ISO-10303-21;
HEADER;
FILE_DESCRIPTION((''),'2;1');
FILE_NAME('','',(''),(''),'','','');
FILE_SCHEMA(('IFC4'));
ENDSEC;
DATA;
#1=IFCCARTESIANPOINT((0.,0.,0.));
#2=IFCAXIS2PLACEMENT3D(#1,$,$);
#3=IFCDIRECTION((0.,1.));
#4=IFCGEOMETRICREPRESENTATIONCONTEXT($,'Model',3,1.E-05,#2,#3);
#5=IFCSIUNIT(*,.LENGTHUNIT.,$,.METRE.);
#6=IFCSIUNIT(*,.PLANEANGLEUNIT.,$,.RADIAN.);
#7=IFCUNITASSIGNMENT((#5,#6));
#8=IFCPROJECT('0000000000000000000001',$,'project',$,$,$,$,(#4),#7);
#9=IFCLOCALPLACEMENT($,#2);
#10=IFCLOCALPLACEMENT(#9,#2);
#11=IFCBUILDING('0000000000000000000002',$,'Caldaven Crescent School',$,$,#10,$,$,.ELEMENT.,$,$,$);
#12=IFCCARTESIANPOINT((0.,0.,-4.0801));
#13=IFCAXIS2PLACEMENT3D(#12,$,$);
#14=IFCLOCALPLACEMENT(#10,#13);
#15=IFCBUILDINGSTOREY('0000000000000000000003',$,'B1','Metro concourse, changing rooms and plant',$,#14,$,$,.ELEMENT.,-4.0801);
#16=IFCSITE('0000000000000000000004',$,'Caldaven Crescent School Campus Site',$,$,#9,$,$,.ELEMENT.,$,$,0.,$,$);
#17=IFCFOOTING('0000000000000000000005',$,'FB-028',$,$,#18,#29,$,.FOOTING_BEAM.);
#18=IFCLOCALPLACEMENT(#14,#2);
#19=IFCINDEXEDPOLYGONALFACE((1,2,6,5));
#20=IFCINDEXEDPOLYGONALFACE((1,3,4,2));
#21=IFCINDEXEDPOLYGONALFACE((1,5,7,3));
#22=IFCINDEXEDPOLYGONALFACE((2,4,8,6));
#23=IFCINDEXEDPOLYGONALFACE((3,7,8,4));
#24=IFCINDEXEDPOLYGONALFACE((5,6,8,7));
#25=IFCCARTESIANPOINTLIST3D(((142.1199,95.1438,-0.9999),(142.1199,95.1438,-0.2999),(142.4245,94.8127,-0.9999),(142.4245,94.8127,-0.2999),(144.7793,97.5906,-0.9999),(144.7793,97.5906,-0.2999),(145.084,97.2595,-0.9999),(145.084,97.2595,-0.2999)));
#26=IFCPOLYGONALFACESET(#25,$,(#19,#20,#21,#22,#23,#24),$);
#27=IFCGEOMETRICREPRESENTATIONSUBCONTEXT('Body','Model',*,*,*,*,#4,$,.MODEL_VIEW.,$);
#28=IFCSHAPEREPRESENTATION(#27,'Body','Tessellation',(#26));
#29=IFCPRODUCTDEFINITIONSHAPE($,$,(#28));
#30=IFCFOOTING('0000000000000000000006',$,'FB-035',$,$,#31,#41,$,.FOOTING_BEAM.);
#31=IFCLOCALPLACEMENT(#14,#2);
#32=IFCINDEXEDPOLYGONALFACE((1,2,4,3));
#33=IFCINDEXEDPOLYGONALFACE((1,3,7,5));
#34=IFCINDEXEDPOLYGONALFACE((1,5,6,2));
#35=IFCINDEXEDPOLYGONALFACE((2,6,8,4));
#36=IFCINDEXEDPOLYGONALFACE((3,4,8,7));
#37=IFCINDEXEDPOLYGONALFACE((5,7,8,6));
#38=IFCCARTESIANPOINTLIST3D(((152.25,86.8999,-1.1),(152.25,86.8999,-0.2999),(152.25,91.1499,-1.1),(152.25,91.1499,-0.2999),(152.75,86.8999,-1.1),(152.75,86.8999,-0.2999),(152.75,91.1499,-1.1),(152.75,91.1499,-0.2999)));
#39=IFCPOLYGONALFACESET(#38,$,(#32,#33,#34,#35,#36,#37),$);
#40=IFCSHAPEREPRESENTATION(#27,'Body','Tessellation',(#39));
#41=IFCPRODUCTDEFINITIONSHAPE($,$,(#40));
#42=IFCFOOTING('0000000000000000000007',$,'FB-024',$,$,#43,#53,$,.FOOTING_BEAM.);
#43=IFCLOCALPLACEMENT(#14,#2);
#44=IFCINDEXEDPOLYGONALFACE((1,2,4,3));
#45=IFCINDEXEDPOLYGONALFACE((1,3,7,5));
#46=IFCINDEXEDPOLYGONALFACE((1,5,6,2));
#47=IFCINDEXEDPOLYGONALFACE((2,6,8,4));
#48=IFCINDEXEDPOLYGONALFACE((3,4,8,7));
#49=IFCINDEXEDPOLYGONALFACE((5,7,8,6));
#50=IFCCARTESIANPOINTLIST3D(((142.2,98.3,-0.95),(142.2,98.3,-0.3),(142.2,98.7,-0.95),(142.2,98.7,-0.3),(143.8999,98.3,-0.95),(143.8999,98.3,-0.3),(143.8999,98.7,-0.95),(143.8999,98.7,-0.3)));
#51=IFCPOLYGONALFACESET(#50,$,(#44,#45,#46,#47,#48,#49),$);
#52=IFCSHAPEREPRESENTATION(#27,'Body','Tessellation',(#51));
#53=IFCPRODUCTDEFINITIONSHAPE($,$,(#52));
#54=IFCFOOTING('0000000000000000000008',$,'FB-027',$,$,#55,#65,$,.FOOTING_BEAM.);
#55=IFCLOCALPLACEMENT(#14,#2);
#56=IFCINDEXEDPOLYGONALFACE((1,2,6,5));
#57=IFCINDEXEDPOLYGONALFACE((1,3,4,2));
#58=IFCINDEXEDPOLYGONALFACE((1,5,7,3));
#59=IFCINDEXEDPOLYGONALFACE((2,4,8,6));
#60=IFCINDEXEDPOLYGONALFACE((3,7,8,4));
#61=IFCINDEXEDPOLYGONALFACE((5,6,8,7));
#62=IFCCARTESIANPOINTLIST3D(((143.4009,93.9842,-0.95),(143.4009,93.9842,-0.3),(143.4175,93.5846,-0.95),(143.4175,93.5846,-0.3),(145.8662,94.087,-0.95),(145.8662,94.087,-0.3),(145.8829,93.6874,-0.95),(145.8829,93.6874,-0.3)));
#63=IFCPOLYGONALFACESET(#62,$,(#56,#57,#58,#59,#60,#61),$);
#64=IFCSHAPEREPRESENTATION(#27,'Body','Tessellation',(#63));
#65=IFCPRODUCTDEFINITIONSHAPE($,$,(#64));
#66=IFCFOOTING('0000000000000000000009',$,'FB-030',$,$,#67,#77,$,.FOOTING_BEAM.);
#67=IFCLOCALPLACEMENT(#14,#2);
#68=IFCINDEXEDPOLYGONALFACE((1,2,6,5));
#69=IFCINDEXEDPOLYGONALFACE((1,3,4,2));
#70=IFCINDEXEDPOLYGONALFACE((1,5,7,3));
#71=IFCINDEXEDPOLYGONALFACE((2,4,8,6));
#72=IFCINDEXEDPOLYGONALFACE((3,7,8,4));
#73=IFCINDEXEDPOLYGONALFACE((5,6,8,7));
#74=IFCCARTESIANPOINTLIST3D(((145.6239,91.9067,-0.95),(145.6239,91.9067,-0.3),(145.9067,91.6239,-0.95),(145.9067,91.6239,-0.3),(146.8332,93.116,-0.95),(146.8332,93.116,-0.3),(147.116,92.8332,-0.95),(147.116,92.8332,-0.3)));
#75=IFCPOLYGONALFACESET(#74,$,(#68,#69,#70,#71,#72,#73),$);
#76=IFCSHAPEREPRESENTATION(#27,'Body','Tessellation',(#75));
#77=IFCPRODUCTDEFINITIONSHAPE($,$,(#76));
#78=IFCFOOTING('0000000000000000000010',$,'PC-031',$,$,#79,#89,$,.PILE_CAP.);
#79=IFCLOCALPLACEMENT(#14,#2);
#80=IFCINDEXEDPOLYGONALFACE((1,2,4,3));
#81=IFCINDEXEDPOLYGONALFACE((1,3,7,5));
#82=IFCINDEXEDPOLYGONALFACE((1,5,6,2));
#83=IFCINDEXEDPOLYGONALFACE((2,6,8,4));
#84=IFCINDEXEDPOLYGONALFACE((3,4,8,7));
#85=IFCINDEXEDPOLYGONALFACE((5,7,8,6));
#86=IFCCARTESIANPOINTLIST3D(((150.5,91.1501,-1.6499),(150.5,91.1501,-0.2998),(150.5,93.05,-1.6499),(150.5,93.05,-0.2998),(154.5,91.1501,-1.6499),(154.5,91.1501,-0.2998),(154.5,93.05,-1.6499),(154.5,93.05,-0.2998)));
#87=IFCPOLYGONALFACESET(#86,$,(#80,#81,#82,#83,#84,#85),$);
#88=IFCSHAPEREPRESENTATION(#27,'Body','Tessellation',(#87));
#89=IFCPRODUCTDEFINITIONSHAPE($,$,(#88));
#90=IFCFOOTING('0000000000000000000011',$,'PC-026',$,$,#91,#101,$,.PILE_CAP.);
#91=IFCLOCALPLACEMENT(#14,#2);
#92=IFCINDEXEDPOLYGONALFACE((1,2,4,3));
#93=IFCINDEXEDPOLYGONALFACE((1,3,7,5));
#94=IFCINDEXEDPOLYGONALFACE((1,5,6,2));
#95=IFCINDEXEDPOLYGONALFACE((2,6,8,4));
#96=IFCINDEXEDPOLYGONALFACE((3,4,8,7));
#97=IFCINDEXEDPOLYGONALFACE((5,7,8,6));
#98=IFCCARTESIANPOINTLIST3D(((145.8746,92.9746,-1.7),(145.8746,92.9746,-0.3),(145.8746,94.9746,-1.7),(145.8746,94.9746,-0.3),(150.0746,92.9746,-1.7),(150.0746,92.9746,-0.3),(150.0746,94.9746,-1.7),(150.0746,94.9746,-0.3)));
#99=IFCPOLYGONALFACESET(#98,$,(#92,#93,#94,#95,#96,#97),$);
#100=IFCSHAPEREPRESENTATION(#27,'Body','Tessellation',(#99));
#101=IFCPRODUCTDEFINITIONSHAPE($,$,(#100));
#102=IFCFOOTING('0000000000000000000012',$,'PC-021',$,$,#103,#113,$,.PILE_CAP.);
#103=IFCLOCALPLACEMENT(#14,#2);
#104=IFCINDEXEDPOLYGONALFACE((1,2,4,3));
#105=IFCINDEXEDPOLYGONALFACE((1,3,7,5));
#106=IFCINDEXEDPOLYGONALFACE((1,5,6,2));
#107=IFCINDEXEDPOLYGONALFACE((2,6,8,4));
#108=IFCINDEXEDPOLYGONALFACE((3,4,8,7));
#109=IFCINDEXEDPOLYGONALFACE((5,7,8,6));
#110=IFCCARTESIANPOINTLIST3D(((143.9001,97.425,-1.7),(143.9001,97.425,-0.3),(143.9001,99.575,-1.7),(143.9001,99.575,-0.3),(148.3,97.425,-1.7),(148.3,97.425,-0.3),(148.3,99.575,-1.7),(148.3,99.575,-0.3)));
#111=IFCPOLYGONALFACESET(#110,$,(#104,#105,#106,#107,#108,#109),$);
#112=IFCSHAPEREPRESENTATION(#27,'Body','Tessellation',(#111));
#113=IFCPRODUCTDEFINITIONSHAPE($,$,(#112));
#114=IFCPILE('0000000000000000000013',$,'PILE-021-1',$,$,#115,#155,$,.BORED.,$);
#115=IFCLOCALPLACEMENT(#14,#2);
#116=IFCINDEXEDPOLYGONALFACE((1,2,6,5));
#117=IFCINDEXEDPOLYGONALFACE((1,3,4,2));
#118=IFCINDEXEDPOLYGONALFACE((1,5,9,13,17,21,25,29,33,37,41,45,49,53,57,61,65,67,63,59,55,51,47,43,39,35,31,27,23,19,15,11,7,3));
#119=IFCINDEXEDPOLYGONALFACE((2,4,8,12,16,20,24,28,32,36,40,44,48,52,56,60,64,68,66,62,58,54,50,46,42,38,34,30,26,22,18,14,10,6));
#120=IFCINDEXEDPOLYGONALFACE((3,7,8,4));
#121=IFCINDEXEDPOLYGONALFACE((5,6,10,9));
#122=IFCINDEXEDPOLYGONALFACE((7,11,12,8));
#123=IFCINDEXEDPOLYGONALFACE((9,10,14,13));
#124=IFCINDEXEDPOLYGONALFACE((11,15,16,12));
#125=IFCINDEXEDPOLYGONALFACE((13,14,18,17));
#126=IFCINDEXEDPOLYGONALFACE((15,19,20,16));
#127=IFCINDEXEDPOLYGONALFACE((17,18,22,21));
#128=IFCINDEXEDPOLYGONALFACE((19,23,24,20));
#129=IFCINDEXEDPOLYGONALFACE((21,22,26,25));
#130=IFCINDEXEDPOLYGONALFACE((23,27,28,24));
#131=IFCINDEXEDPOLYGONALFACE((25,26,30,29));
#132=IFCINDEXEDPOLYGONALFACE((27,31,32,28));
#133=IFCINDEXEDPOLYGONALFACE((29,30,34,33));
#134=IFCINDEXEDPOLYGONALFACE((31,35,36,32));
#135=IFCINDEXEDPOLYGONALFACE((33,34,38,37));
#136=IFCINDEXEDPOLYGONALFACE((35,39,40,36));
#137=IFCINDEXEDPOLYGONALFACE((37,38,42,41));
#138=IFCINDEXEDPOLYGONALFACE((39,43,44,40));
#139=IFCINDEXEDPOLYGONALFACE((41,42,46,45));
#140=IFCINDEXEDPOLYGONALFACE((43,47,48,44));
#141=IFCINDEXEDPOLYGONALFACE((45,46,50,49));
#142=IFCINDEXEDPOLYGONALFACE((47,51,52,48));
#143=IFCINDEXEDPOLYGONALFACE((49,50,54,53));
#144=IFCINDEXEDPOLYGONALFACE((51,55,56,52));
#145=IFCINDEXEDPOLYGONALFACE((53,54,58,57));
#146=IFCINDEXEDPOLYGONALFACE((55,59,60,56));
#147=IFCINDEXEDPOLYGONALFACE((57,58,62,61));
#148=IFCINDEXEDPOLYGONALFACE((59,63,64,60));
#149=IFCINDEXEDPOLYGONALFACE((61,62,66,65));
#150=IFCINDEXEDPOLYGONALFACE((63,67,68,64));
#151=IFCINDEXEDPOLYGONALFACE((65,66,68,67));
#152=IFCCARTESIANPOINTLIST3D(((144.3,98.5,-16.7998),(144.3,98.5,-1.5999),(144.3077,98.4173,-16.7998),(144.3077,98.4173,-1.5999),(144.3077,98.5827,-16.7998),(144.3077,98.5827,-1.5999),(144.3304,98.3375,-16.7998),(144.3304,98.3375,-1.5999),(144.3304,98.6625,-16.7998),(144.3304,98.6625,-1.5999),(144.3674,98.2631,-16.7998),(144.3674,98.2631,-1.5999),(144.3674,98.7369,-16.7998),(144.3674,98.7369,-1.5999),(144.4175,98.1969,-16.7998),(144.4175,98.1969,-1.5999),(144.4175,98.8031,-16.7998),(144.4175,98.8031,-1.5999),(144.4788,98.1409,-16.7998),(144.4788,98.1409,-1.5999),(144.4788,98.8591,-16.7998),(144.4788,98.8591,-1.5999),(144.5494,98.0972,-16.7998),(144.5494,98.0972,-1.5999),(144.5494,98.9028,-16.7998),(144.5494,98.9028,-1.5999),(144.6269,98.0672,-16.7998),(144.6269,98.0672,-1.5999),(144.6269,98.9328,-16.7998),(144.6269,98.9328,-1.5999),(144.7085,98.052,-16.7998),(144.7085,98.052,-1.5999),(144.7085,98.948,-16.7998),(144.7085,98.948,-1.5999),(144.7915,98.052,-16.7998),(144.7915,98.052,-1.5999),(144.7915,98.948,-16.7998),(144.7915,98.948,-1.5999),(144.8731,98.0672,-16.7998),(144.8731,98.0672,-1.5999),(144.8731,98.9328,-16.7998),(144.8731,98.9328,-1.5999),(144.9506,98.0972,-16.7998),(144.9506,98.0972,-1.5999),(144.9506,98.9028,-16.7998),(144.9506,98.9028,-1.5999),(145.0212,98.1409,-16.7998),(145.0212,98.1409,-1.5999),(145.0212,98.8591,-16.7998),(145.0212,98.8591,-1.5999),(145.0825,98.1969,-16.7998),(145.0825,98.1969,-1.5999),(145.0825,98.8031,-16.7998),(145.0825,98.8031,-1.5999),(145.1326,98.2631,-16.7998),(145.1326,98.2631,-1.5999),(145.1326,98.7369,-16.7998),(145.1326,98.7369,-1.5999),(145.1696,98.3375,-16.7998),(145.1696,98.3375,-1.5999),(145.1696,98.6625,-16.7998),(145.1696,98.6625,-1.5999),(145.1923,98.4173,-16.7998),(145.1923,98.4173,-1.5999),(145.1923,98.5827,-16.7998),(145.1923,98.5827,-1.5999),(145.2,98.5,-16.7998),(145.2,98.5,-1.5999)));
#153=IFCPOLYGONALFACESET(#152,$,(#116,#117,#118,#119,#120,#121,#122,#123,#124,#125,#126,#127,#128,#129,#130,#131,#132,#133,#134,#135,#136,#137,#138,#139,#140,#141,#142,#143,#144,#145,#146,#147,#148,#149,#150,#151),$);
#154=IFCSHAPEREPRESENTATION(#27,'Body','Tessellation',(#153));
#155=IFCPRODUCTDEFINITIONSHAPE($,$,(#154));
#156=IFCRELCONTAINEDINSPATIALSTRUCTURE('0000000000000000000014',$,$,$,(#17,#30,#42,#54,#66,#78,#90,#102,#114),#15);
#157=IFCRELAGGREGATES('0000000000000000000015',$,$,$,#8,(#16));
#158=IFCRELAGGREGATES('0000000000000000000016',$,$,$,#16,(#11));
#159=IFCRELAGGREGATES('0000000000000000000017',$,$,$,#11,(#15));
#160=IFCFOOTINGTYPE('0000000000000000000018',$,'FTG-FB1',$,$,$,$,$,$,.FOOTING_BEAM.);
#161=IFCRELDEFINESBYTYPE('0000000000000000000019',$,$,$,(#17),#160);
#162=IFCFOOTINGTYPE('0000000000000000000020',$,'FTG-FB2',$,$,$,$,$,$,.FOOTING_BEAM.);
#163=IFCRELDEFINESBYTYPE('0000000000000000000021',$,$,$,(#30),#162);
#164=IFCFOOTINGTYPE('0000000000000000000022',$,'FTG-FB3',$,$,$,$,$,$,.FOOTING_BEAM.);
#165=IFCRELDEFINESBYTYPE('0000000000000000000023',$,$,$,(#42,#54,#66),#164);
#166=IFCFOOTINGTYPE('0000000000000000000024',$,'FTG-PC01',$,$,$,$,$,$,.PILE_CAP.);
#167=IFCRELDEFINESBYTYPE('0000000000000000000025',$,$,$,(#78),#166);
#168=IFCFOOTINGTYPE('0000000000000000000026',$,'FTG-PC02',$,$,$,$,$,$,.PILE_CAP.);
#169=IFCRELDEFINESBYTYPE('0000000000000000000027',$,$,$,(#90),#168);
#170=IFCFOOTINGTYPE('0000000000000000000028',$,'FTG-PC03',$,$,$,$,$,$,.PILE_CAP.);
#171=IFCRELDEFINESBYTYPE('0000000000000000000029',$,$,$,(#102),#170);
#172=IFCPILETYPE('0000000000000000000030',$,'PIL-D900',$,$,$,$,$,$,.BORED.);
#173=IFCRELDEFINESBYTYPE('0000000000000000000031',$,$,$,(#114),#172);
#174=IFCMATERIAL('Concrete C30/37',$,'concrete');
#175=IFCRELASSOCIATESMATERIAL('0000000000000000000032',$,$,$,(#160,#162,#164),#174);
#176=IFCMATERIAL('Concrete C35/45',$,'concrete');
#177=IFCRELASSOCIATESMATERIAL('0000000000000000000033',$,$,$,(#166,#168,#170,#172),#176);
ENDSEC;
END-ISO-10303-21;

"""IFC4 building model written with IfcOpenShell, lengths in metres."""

from ifc_helpers import new_model, si_unit, direction, frame, origin, origin_2d, place, context, subcontext, project, spatial, rectangle, circle, extrude, material, material_profile, profile_set, type_object, element, save


model = new_model("IFC4")

# Units and contexts
model_context = context("Model", 3, precision=1e-05, world=origin(), true_north=direction((0.0, 1.0)))
body_context = subcontext(model_context, "Body", "Model", "MODEL_VIEW")
ifc_project = project(units=[si_unit("LENGTHUNIT", "METRE"), si_unit("PLANEANGLEUNIT", "RADIAN")], contexts=[model_context])

# Site, building, storey
site_placement = place(None, origin())
site = spatial("IfcSite", under=ifc_project, at=site_placement, Name="Caldaven Crescent School Campus Site", CompositionType="ELEMENT", RefElevation=0.0)
building_placement = place(site_placement, origin())
building = spatial("IfcBuilding", under=site, at=building_placement, Name="Caldaven Crescent School", CompositionType="ELEMENT")
storey_placement = place(building_placement, frame((0.0, 0.0, -4.0801)))
storey = spatial("IfcBuildingStorey", under=building, at=storey_placement, Name="B1", Description="Metro concourse, changing rooms and plant", CompositionType="ELEMENT", Elevation=-4.0801)

# Footings
ifc_material_1 = material(Name="Concrete C30/37", Category="concrete")
ifc_material_profile_1 = material_profile(ifc_material_1, rectangle(XDim=0.45, YDim=0.7, at=origin_2d()), Name="FB 450x700")
ifc_profile_set_1 = profile_set([ifc_material_profile_1], Name="Concrete C30/37")
footing_type_1 = type_object("IfcFootingType", Name="FTG-FB1", PredefinedType="FOOTING_BEAM", material=ifc_profile_set_1)
footing_1_placement = place(storey_placement, frame((142.2722, 94.9783, -0.6499), z_axis=(0.735916, 0.677073, 0.0), x_axis=(-0.677073, 0.735916, 0.0)))
element("IfcFooting", 1, at=footing_1_placement, inside=storey, type_object=footing_type_1, Name="FB-028", PredefinedType="FOOTING_BEAM", context=body_context, shape_type="SweptSolid", body=[
    extrude(rectangle(XDim=0.45, YDim=0.7, at=origin_2d()), origin(), (0.0, 0.0, 1.0), 3.6138),
])
ifc_material_profile_2 = material_profile(ifc_material_1, rectangle(XDim=0.5, YDim=0.8, at=origin_2d()), Name="FB 500x800")
ifc_profile_set_2 = profile_set([ifc_material_profile_2], Name="Concrete C30/37")
footing_type_2 = type_object("IfcFootingType", Name="FTG-FB2", PredefinedType="FOOTING_BEAM", material=ifc_profile_set_2)
footing_2_placement = place(storey_placement, frame((152.5, 91.1499, -0.7), z_axis=(0.0, -1.0, 0.0), x_axis=(1.0, 0.0, 0.0)))
element("IfcFooting", 2, at=footing_2_placement, inside=storey, type_object=footing_type_2, Name="FB-035", PredefinedType="FOOTING_BEAM", context=body_context, shape_type="SweptSolid", body=[
    extrude(rectangle(XDim=0.5, YDim=0.8, at=origin_2d()), origin(), (0.0, 0.0, 1.0), 4.25),
])
ifc_material_profile_3 = material_profile(ifc_material_1, rectangle(XDim=0.3999, YDim=0.6499, at=origin_2d()), Name="FB 400x650")
ifc_profile_set_3 = profile_set([ifc_material_profile_3], Name="Concrete C30/37")
footing_type_3 = type_object("IfcFootingType", Name="FTG-FB3", PredefinedType="FOOTING_BEAM", material=ifc_profile_set_3)
footing_3_placement = place(storey_placement, frame((143.8999, 98.5, -0.625), z_axis=(-1.0, 0.0, 0.0), x_axis=(0.0, -1.0, 0.0)))
element("IfcFooting", 3, at=footing_3_placement, inside=storey, type_object=footing_type_3, Name="FB-024", PredefinedType="FOOTING_BEAM", context=body_context, shape_type="SweptSolid", body=[
    extrude(rectangle(XDim=0.3999, YDim=0.6499, at=origin_2d()), origin(), (0.0, 0.0, 1.0), 1.7),
])
footing_4_placement = place(storey_placement, frame((143.4092, 93.7844, -0.625), z_axis=(0.999132, 0.041655, 0.0), x_axis=(-0.041655, 0.999132, 0.0)))
element("IfcFooting", 4, at=footing_4_placement, inside=storey, type_object=footing_type_3, Name="FB-027", PredefinedType="FOOTING_BEAM", context=body_context, shape_type="SweptSolid", body=[
    extrude(rectangle(XDim=0.3999, YDim=0.6499, at=origin_2d()), origin(), (0.0, 0.0, 1.0), 2.4675),
])
footing_5_placement = place(storey_placement, frame((146.9746, 92.9746, -0.625), z_axis=(-0.707107, -0.707107, 0.0), x_axis=(0.707107, -0.707107, 0.0)))
element("IfcFooting", 5, at=footing_5_placement, inside=storey, type_object=footing_type_3, Name="FB-030", PredefinedType="FOOTING_BEAM", context=body_context, shape_type="SweptSolid", body=[
    extrude(rectangle(XDim=0.3999, YDim=0.6499, at=origin_2d()), origin(), (0.0, 0.0, 1.0), 1.7102),
])
ifc_material_2 = material(Name="Concrete C35/45", Category="concrete")
footing_type_4 = type_object("IfcFootingType", Name="FTG-PC01", PredefinedType="PILE_CAP", material=ifc_material_2)
footing_6_placement = place(storey_placement, frame((152.5, 92.1001, -1.6499), z_axis=(0.0, 0.0, 1.0), x_axis=(1.0, 0.0, 0.0)))
element("IfcFooting", 6, at=footing_6_placement, inside=storey, type_object=footing_type_4, Name="PC-031", PredefinedType="PILE_CAP", context=body_context, shape_type="SweptSolid", body=[
    extrude(rectangle(XDim=4.0, YDim=1.8999, at=origin_2d()), origin(), (0.0, 0.0, 1.0), 1.3501),
])
footing_type_5 = type_object("IfcFootingType", Name="FTG-PC02", PredefinedType="PILE_CAP", material=ifc_material_2)
footing_7_placement = place(storey_placement, frame((147.9746, 93.9746, -1.7), z_axis=(0.0, 0.0, 1.0), x_axis=(1.0, 0.0, 0.0)))
element("IfcFooting", 7, at=footing_7_placement, inside=storey, type_object=footing_type_5, Name="PC-026", PredefinedType="PILE_CAP", context=body_context, shape_type="SweptSolid", body=[
    extrude(rectangle(XDim=4.2, YDim=2.0, at=origin_2d()), origin(), (0.0, 0.0, 1.0), 1.3999),
])
footing_type_6 = type_object("IfcFootingType", Name="FTG-PC03", PredefinedType="PILE_CAP", material=ifc_material_2)
footing_8_placement = place(storey_placement, frame((146.1001, 98.5, -1.7), z_axis=(0.0, 0.0, 1.0), x_axis=(1.0, 0.0, 0.0)))
element("IfcFooting", 8, at=footing_8_placement, inside=storey, type_object=footing_type_6, Name="PC-021", PredefinedType="PILE_CAP", context=body_context, shape_type="SweptSolid", body=[
    extrude(rectangle(XDim=4.3999, YDim=2.1499, at=origin_2d()), origin(), (0.0, 0.0, 1.0), 1.3999),
])

# Pile
ifc_material_profile_4 = material_profile(ifc_material_2, circle(Radius=0.45, at=origin_2d()), Name="PILE D900")
ifc_profile_set_4 = profile_set([ifc_material_profile_4], Name="Concrete C35/45")
pile_type = type_object("IfcPileType", Name="PIL-D900", PredefinedType="BORED", material=ifc_profile_set_4)
for number, where, z_axis, x_axis, name in (
    (9, (144.75, 98.5, -1.5999), (0.0, 0.0, -1.0), (1.0, 0.0, 0.0), "PILE-021-1"),
):
    element("IfcPile", number, at=place(storey_placement, frame(where, z_axis=z_axis, x_axis=x_axis)), inside=storey, type_object=pile_type, Name=name, PredefinedType="BORED", context=body_context, shape_type="SweptSolid", body=[
        extrude(circle(Radius=0.45, at=origin_2d()), origin(), (0.0, 0.0, 1.0), 15.2),
    ])

save(model, "model.ifc")
